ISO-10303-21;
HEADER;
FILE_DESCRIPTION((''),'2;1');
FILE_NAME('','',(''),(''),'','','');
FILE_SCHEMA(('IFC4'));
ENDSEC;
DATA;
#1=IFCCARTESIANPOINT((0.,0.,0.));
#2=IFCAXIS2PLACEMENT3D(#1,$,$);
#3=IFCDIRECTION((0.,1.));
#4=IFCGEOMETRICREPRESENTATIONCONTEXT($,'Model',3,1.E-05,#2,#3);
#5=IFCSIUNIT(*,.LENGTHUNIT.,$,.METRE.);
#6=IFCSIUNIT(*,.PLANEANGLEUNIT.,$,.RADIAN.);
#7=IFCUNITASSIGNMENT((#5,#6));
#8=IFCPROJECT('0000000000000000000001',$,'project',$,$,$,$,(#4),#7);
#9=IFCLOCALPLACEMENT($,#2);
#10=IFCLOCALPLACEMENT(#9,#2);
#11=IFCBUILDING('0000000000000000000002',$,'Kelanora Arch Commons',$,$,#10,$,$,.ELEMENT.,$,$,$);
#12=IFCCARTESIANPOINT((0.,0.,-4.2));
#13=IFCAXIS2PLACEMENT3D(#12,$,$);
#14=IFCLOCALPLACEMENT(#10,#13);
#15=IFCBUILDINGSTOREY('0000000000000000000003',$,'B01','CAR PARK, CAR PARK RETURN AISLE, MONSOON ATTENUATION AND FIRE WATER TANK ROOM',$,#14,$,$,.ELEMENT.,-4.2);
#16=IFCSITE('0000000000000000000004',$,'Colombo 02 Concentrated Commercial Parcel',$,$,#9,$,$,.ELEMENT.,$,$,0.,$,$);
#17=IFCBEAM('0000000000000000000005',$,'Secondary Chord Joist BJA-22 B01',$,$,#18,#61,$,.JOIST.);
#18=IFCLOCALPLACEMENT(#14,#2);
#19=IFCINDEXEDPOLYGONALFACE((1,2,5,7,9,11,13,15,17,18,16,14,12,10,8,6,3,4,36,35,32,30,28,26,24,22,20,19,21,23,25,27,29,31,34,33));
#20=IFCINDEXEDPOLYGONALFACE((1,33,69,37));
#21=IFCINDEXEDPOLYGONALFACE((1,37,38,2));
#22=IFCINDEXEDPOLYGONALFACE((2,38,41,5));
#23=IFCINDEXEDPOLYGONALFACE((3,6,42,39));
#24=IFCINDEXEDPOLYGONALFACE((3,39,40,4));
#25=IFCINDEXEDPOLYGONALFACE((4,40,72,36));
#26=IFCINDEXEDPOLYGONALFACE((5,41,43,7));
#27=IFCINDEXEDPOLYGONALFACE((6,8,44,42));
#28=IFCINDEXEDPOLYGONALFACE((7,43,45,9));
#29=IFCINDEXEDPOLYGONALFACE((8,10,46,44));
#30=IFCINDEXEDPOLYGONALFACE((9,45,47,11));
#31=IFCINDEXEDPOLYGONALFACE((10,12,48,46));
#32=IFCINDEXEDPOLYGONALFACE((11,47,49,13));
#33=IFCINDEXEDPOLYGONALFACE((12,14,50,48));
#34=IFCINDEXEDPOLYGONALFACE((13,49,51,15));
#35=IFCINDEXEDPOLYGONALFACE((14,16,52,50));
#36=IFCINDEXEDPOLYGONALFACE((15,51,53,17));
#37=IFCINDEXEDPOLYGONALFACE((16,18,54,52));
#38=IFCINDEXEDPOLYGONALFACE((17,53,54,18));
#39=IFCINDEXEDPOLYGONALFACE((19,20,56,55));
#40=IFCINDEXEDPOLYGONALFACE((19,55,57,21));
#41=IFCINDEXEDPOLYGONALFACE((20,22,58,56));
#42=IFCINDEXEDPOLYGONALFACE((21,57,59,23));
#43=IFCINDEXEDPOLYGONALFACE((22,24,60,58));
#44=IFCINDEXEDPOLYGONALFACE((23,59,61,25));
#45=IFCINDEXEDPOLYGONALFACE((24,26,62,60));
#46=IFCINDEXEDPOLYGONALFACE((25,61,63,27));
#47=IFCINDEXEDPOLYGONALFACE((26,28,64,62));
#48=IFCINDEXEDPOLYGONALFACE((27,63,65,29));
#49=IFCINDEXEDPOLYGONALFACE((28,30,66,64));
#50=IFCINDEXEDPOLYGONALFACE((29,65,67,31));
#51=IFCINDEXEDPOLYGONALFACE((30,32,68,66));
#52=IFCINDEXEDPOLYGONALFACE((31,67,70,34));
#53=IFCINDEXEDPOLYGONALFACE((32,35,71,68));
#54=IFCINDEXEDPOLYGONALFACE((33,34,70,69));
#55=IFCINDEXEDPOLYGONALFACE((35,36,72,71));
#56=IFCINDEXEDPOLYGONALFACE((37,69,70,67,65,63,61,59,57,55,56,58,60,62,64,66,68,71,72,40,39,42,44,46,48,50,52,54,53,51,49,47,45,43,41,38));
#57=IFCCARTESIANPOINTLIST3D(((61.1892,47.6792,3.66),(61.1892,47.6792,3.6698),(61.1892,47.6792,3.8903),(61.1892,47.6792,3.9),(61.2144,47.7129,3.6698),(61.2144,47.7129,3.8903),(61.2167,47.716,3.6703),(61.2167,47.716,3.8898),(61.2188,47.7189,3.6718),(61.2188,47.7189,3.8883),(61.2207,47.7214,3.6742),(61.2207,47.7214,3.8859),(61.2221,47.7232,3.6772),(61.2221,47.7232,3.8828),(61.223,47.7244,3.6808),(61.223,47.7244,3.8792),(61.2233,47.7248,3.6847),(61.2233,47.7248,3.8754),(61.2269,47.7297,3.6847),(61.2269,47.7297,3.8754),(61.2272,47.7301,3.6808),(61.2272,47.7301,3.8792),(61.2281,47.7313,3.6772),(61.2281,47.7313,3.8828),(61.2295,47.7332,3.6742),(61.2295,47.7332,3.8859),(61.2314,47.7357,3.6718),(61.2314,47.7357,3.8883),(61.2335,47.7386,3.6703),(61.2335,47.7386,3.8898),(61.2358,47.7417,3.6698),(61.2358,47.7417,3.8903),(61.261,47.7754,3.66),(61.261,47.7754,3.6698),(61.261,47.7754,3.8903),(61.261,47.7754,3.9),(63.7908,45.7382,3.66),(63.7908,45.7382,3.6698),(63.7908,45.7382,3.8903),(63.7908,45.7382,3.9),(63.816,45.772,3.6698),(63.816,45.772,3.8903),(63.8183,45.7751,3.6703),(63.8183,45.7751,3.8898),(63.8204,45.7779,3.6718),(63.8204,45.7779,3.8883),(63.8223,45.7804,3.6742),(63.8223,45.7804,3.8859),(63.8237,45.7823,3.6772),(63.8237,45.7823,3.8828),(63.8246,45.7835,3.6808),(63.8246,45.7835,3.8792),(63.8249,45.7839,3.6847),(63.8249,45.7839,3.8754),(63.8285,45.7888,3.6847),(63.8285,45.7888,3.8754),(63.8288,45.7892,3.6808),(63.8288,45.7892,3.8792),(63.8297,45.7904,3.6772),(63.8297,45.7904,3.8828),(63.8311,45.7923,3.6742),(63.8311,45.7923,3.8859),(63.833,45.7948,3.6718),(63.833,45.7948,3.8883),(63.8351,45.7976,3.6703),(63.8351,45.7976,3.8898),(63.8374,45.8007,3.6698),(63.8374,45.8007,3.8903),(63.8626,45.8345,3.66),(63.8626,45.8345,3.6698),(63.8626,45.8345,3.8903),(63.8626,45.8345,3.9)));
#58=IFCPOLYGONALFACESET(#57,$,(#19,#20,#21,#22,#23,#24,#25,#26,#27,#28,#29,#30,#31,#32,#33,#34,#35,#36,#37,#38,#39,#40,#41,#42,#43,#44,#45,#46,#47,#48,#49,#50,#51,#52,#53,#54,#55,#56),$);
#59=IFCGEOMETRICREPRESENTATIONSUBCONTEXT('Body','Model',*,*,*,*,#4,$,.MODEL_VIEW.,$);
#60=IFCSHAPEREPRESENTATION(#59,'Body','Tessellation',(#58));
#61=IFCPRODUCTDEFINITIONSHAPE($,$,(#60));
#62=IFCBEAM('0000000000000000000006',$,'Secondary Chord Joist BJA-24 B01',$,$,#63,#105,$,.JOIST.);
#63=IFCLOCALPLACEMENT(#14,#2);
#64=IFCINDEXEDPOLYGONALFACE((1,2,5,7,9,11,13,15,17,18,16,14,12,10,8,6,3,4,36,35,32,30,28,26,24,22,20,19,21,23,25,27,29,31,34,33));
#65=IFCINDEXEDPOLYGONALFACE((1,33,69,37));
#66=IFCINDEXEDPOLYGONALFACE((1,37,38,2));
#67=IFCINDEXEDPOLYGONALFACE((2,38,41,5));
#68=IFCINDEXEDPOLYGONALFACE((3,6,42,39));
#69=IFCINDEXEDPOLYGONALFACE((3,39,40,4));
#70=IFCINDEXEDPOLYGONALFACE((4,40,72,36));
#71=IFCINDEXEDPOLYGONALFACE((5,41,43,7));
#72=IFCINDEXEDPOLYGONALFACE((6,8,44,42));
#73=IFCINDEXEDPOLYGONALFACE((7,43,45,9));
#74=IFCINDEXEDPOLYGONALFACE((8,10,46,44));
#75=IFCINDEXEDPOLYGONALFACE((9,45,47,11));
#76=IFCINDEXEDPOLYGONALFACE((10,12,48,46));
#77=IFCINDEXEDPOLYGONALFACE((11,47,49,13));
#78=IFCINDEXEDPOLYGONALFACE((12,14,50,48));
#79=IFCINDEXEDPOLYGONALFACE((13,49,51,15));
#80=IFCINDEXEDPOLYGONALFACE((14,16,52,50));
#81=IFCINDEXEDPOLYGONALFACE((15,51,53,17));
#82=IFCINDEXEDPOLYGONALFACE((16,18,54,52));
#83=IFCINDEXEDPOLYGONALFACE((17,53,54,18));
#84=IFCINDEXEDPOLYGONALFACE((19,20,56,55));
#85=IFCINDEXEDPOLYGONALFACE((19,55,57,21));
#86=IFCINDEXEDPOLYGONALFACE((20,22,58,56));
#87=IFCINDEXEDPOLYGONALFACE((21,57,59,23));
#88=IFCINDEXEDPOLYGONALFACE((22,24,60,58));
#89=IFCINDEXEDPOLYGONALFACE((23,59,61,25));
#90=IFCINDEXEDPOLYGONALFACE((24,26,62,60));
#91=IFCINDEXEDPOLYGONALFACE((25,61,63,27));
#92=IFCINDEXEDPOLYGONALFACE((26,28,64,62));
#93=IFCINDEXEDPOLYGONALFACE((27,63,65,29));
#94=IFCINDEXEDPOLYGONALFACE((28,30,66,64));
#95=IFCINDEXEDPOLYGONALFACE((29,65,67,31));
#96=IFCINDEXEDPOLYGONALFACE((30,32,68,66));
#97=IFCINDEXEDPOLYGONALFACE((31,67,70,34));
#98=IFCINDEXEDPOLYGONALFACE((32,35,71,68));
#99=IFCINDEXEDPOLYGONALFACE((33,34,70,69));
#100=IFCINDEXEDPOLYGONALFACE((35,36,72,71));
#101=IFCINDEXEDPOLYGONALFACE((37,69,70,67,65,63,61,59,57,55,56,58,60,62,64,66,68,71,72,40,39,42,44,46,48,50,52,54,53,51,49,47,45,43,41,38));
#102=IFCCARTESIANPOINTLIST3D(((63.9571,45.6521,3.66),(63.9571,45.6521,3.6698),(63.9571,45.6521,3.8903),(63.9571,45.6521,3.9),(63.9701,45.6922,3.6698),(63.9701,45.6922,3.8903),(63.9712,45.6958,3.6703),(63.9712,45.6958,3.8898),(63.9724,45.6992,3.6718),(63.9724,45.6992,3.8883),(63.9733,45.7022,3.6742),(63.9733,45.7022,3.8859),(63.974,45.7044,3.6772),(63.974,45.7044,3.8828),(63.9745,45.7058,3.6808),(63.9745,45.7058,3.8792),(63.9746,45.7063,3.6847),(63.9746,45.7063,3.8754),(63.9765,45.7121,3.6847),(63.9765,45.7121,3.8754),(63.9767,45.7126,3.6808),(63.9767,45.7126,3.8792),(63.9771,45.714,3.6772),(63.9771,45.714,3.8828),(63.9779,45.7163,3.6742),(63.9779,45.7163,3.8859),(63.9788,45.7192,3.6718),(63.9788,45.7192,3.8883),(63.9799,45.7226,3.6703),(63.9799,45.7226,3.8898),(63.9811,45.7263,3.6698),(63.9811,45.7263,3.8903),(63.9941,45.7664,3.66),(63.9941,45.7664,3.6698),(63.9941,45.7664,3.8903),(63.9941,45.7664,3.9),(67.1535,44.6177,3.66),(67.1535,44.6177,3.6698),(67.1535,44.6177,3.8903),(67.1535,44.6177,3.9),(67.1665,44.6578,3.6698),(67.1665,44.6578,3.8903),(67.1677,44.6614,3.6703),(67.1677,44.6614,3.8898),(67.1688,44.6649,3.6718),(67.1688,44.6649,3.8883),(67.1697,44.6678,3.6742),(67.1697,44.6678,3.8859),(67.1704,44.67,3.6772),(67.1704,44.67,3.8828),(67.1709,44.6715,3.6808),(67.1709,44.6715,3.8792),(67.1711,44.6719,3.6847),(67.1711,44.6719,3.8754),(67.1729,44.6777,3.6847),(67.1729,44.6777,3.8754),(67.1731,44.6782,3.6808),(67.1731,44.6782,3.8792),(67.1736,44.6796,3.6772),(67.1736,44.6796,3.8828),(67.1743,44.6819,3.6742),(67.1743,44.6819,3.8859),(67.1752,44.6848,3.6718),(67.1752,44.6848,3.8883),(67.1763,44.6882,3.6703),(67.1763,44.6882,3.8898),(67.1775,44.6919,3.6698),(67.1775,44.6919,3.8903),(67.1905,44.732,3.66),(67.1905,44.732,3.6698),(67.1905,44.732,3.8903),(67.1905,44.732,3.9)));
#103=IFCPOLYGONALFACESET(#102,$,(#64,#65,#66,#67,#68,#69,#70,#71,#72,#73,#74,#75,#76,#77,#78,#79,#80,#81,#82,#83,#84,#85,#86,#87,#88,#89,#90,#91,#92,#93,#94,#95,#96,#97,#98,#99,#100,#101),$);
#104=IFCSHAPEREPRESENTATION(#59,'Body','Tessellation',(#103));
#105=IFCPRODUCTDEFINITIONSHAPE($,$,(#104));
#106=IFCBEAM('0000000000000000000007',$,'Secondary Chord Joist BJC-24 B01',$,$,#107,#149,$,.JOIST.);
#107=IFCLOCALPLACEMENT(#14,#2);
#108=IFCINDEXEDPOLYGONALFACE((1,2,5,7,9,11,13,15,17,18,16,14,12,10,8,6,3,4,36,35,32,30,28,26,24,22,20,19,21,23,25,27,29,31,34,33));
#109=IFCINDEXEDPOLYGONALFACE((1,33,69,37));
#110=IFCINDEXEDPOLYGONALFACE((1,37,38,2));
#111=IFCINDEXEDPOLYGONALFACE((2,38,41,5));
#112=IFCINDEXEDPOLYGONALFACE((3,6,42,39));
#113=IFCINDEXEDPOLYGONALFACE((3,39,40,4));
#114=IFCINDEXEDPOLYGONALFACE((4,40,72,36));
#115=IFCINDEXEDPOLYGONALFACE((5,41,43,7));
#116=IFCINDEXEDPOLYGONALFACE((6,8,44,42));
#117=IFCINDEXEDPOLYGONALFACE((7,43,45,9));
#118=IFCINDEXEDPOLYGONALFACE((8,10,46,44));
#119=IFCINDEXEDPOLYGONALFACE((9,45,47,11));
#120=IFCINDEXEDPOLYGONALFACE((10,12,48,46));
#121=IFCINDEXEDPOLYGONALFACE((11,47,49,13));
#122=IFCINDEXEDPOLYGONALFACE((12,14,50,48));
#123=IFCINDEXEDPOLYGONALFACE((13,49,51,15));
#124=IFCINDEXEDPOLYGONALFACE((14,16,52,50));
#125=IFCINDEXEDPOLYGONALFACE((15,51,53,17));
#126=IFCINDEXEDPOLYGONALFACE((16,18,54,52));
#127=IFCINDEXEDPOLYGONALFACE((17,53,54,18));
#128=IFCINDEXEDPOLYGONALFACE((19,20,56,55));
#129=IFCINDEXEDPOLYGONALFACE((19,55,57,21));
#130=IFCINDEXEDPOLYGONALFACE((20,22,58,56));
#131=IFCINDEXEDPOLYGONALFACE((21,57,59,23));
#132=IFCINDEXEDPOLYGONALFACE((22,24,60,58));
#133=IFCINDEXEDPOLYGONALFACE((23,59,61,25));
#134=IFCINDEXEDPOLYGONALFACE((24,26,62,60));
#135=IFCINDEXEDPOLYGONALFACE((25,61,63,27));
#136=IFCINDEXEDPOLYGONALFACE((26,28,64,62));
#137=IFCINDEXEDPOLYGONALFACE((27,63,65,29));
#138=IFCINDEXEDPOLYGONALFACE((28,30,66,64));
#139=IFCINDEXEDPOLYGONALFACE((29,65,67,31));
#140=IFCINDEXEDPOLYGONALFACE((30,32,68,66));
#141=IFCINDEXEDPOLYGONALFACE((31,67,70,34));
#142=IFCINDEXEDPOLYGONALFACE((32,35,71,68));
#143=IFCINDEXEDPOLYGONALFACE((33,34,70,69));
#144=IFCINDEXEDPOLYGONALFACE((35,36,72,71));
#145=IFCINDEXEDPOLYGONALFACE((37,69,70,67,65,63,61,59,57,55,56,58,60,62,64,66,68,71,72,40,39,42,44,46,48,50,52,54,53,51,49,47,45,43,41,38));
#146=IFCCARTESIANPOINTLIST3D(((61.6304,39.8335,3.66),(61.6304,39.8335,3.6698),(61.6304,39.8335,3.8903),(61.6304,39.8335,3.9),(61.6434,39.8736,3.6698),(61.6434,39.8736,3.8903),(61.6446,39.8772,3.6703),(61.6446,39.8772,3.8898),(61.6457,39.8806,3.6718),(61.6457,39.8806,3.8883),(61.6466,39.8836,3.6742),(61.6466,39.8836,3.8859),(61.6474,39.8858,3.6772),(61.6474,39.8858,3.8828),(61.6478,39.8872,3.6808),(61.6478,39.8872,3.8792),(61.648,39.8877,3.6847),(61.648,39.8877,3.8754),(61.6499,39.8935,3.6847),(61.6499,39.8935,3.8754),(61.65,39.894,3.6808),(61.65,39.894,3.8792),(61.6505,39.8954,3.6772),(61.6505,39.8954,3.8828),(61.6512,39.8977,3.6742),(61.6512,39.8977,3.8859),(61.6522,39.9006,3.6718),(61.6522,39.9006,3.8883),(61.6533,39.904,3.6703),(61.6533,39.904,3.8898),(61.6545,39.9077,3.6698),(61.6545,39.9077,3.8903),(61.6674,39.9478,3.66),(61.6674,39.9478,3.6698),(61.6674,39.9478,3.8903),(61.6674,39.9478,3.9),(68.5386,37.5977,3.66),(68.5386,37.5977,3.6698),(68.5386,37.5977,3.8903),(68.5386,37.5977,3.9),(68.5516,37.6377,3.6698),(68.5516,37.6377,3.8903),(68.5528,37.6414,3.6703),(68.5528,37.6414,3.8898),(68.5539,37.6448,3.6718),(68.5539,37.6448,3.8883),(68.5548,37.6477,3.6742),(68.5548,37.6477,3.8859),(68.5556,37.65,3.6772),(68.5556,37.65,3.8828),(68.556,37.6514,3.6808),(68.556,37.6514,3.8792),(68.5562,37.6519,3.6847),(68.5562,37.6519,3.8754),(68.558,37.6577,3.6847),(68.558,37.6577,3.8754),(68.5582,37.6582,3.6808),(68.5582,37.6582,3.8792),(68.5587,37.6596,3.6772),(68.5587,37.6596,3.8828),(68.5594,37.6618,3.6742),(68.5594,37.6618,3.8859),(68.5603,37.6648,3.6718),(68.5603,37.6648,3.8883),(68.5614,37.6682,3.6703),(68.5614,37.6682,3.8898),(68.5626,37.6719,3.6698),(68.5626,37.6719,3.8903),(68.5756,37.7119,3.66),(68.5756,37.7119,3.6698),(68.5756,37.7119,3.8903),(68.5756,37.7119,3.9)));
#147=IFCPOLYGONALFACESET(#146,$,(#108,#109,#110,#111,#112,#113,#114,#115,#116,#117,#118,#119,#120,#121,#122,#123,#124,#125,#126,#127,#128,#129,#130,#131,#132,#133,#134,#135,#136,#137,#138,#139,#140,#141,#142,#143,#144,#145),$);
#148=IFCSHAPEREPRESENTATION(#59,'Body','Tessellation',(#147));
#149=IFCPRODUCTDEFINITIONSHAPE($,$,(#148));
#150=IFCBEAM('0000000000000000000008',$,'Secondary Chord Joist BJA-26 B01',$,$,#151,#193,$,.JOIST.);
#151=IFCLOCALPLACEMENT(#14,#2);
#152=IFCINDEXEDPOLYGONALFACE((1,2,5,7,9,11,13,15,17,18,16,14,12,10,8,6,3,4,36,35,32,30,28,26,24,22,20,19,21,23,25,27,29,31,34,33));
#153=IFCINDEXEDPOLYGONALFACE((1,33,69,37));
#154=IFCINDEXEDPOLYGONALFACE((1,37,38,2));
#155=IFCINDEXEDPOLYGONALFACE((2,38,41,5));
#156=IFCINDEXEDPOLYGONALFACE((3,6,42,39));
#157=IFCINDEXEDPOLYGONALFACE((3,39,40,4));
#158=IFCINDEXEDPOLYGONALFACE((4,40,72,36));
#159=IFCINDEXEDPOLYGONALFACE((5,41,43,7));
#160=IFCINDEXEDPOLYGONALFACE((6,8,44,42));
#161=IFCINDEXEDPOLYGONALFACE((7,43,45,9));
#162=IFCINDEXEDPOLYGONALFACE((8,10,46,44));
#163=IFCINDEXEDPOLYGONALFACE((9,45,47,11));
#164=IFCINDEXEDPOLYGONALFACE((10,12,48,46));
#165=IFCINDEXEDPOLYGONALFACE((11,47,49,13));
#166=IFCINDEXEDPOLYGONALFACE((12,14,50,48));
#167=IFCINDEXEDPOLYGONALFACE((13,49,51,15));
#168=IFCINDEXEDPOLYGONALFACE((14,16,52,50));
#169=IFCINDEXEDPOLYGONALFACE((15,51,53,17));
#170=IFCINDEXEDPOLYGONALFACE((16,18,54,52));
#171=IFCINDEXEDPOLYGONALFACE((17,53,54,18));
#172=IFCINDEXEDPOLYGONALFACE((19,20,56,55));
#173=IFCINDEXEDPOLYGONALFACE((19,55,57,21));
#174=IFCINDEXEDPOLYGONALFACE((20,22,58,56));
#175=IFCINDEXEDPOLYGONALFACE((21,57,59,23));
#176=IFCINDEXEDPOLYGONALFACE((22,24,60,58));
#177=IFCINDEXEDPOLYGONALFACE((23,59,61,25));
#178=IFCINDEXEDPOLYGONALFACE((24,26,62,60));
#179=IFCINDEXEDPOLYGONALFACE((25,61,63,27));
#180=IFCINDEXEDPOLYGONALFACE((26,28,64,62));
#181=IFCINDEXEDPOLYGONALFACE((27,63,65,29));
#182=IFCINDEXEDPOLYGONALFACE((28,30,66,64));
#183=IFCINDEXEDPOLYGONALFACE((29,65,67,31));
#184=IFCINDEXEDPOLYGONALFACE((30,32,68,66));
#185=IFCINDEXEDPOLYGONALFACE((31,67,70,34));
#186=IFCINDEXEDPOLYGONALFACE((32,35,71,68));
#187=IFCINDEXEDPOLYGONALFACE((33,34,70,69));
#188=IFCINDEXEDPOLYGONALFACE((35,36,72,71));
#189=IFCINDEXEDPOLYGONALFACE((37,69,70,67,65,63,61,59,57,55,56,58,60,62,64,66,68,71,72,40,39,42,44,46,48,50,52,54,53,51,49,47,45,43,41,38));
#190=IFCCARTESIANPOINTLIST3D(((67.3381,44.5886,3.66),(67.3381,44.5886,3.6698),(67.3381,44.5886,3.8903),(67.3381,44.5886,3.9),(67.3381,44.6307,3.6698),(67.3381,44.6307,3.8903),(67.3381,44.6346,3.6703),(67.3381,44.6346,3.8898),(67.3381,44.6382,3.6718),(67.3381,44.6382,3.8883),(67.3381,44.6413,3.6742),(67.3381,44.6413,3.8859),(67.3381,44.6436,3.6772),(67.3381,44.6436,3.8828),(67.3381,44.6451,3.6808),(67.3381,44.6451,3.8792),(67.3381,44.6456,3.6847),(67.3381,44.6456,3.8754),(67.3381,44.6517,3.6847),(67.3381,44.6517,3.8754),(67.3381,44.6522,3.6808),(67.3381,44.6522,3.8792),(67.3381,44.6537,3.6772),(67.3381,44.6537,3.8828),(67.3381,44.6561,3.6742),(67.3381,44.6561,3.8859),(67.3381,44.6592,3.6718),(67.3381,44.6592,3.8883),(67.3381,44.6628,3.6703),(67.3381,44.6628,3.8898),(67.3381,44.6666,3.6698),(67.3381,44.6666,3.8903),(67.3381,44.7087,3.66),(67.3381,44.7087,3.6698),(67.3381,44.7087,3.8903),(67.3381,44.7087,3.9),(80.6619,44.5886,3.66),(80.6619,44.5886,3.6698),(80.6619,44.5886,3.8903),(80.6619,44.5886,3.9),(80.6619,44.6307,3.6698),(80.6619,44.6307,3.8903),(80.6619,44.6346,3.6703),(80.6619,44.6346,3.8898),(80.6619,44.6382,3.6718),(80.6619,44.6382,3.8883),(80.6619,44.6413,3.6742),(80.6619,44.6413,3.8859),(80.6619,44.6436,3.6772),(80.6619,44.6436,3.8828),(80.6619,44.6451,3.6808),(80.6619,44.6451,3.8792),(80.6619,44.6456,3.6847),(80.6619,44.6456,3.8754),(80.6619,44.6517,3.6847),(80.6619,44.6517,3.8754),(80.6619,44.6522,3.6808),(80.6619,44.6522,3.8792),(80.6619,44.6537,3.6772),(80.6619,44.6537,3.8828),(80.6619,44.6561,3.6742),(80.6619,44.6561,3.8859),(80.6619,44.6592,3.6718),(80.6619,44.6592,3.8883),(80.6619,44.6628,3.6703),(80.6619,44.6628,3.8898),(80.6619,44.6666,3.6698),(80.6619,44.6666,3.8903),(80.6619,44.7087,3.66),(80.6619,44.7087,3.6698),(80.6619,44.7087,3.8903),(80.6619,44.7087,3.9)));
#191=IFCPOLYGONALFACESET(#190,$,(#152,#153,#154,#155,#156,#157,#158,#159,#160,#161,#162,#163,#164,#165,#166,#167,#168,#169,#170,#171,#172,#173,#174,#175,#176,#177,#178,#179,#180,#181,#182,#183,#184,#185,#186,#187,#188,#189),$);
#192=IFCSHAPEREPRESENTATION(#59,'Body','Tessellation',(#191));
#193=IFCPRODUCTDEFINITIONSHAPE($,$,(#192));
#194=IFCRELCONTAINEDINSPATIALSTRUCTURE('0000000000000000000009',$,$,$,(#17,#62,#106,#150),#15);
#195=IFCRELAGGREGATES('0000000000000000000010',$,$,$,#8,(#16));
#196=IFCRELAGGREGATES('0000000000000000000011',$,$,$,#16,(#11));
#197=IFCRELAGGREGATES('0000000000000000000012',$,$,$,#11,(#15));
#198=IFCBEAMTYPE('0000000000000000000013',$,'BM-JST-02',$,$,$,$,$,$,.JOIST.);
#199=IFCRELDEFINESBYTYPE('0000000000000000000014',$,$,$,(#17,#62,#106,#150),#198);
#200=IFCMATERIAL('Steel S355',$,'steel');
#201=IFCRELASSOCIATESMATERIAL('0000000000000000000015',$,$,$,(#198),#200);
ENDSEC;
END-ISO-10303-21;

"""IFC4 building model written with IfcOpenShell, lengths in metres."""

from ifc_helpers import new_model, si_unit, direction, frame, origin, origin_2d, place, context, subcontext, project, spatial, i_section, extrude, material, material_profile, profile_set, type_object, element, save


model = new_model("IFC4")

# Units and contexts
model_context = context("Model", 3, precision=1e-05, world=origin(), true_north=direction((0.0, 1.0)))
body_context = subcontext(model_context, "Body", "Model", "MODEL_VIEW")
ifc_project = project(units=[si_unit("LENGTHUNIT", "METRE"), si_unit("PLANEANGLEUNIT", "RADIAN")], contexts=[model_context])

# Site, building, storey
site_placement = place(None, origin())
site = spatial("IfcSite", under=ifc_project, at=site_placement, Name="Colombo 02 Concentrated Commercial Parcel", CompositionType="ELEMENT", RefElevation=0.0)
building_placement = place(site_placement, origin())
building = spatial("IfcBuilding", under=site, at=building_placement, Name="Kelanora Arch Commons", CompositionType="ELEMENT")
storey_placement = place(building_placement, frame((0.0, 0.0, -4.2)))
storey = spatial("IfcBuildingStorey", under=building, at=storey_placement, Name="B01", Description="CAR PARK, CAR PARK RETURN AISLE, MONSOON ATTENUATION AND FIRE WATER TANK ROOM", CompositionType="ELEMENT", Elevation=-4.2)

# Beams
ifc_material_1 = material(Name="Steel S355", Category="steel")
ifc_material_profile_1 = material_profile(ifc_material_1, i_section(OverallWidth=0.1201, OverallDepth=0.24, WebThickness=0.0061, FlangeThickness=0.0098, FilletRadius=0.0149, at=origin_2d()), Name="IPE240")
ifc_profile_set_1 = profile_set([ifc_material_profile_1], Name="Steel S355")
beam_type_1 = type_object("IfcBeamType", Name="BM-JST-02", PredefinedType="JOIST", material=ifc_profile_set_1)
beam_1_placement = place(storey_placement, frame((61.2251, 47.7273, 3.78), z_axis=(0.801514, -0.597976, 0.0), x_axis=(0.597976, 0.801514, 0.0)))
element("IfcBeam", 1, at=beam_1_placement, inside=storey, type_object=beam_type_1, Name="Secondary Chord Joist BJA-22 B01", PredefinedType="JOIST", context=body_context, shape_type="SweptSolid", body=[
    extrude(i_section(OverallWidth=0.1201, OverallDepth=0.24, WebThickness=0.0061, FlangeThickness=0.0098, FilletRadius=0.0149, at=origin_2d()), origin(), (0.0, 0.0, 1.0), 3.2458),
])
beam_2_placement = place(storey_placement, frame((63.9756, 45.7092, 3.78), z_axis=(0.951423, -0.307888, 0.0), x_axis=(0.307888, 0.951423, 0.0)))
element("IfcBeam", 2, at=beam_2_placement, inside=storey, type_object=beam_type_1, Name="Secondary Chord Joist BJA-24 B01", PredefinedType="JOIST", context=body_context, shape_type="SweptSolid", body=[
    extrude(i_section(OverallWidth=0.1201, OverallDepth=0.24, WebThickness=0.0061, FlangeThickness=0.0098, FilletRadius=0.0149, at=origin_2d()), origin(), (0.0, 0.0, 1.0), 3.3596),
])
beam_3_placement = place(storey_placement, frame((61.6489, 39.8906, 3.78), z_axis=(0.951411, -0.307924, 0.0), x_axis=(0.307924, 0.951411, 0.0)))
element("IfcBeam", 3, at=beam_3_placement, inside=storey, type_object=beam_type_1, Name="Secondary Chord Joist BJC-24 B01", PredefinedType="JOIST", context=body_context, shape_type="SweptSolid", body=[
    extrude(i_section(OverallWidth=0.1201, OverallDepth=0.24, WebThickness=0.0061, FlangeThickness=0.0098, FilletRadius=0.0149, at=origin_2d()), origin(), (0.0, 0.0, 1.0), 7.261),
])
beam_4_placement = place(storey_placement, frame((67.3381, 44.6487, 3.78), z_axis=(1.0, 0.0, 0.0), x_axis=(0.0, 1.0, 0.0)))
element("IfcBeam", 4, at=beam_4_placement, inside=storey, type_object=beam_type_1, Name="Secondary Chord Joist BJA-26 B01", PredefinedType="JOIST", context=body_context, shape_type="SweptSolid", body=[
    extrude(i_section(OverallWidth=0.1201, OverallDepth=0.24, WebThickness=0.0061, FlangeThickness=0.0098, FilletRadius=0.0149, at=origin_2d()), origin(), (0.0, 0.0, 1.0), 13.3237),
])

save(model, "model.ifc")
